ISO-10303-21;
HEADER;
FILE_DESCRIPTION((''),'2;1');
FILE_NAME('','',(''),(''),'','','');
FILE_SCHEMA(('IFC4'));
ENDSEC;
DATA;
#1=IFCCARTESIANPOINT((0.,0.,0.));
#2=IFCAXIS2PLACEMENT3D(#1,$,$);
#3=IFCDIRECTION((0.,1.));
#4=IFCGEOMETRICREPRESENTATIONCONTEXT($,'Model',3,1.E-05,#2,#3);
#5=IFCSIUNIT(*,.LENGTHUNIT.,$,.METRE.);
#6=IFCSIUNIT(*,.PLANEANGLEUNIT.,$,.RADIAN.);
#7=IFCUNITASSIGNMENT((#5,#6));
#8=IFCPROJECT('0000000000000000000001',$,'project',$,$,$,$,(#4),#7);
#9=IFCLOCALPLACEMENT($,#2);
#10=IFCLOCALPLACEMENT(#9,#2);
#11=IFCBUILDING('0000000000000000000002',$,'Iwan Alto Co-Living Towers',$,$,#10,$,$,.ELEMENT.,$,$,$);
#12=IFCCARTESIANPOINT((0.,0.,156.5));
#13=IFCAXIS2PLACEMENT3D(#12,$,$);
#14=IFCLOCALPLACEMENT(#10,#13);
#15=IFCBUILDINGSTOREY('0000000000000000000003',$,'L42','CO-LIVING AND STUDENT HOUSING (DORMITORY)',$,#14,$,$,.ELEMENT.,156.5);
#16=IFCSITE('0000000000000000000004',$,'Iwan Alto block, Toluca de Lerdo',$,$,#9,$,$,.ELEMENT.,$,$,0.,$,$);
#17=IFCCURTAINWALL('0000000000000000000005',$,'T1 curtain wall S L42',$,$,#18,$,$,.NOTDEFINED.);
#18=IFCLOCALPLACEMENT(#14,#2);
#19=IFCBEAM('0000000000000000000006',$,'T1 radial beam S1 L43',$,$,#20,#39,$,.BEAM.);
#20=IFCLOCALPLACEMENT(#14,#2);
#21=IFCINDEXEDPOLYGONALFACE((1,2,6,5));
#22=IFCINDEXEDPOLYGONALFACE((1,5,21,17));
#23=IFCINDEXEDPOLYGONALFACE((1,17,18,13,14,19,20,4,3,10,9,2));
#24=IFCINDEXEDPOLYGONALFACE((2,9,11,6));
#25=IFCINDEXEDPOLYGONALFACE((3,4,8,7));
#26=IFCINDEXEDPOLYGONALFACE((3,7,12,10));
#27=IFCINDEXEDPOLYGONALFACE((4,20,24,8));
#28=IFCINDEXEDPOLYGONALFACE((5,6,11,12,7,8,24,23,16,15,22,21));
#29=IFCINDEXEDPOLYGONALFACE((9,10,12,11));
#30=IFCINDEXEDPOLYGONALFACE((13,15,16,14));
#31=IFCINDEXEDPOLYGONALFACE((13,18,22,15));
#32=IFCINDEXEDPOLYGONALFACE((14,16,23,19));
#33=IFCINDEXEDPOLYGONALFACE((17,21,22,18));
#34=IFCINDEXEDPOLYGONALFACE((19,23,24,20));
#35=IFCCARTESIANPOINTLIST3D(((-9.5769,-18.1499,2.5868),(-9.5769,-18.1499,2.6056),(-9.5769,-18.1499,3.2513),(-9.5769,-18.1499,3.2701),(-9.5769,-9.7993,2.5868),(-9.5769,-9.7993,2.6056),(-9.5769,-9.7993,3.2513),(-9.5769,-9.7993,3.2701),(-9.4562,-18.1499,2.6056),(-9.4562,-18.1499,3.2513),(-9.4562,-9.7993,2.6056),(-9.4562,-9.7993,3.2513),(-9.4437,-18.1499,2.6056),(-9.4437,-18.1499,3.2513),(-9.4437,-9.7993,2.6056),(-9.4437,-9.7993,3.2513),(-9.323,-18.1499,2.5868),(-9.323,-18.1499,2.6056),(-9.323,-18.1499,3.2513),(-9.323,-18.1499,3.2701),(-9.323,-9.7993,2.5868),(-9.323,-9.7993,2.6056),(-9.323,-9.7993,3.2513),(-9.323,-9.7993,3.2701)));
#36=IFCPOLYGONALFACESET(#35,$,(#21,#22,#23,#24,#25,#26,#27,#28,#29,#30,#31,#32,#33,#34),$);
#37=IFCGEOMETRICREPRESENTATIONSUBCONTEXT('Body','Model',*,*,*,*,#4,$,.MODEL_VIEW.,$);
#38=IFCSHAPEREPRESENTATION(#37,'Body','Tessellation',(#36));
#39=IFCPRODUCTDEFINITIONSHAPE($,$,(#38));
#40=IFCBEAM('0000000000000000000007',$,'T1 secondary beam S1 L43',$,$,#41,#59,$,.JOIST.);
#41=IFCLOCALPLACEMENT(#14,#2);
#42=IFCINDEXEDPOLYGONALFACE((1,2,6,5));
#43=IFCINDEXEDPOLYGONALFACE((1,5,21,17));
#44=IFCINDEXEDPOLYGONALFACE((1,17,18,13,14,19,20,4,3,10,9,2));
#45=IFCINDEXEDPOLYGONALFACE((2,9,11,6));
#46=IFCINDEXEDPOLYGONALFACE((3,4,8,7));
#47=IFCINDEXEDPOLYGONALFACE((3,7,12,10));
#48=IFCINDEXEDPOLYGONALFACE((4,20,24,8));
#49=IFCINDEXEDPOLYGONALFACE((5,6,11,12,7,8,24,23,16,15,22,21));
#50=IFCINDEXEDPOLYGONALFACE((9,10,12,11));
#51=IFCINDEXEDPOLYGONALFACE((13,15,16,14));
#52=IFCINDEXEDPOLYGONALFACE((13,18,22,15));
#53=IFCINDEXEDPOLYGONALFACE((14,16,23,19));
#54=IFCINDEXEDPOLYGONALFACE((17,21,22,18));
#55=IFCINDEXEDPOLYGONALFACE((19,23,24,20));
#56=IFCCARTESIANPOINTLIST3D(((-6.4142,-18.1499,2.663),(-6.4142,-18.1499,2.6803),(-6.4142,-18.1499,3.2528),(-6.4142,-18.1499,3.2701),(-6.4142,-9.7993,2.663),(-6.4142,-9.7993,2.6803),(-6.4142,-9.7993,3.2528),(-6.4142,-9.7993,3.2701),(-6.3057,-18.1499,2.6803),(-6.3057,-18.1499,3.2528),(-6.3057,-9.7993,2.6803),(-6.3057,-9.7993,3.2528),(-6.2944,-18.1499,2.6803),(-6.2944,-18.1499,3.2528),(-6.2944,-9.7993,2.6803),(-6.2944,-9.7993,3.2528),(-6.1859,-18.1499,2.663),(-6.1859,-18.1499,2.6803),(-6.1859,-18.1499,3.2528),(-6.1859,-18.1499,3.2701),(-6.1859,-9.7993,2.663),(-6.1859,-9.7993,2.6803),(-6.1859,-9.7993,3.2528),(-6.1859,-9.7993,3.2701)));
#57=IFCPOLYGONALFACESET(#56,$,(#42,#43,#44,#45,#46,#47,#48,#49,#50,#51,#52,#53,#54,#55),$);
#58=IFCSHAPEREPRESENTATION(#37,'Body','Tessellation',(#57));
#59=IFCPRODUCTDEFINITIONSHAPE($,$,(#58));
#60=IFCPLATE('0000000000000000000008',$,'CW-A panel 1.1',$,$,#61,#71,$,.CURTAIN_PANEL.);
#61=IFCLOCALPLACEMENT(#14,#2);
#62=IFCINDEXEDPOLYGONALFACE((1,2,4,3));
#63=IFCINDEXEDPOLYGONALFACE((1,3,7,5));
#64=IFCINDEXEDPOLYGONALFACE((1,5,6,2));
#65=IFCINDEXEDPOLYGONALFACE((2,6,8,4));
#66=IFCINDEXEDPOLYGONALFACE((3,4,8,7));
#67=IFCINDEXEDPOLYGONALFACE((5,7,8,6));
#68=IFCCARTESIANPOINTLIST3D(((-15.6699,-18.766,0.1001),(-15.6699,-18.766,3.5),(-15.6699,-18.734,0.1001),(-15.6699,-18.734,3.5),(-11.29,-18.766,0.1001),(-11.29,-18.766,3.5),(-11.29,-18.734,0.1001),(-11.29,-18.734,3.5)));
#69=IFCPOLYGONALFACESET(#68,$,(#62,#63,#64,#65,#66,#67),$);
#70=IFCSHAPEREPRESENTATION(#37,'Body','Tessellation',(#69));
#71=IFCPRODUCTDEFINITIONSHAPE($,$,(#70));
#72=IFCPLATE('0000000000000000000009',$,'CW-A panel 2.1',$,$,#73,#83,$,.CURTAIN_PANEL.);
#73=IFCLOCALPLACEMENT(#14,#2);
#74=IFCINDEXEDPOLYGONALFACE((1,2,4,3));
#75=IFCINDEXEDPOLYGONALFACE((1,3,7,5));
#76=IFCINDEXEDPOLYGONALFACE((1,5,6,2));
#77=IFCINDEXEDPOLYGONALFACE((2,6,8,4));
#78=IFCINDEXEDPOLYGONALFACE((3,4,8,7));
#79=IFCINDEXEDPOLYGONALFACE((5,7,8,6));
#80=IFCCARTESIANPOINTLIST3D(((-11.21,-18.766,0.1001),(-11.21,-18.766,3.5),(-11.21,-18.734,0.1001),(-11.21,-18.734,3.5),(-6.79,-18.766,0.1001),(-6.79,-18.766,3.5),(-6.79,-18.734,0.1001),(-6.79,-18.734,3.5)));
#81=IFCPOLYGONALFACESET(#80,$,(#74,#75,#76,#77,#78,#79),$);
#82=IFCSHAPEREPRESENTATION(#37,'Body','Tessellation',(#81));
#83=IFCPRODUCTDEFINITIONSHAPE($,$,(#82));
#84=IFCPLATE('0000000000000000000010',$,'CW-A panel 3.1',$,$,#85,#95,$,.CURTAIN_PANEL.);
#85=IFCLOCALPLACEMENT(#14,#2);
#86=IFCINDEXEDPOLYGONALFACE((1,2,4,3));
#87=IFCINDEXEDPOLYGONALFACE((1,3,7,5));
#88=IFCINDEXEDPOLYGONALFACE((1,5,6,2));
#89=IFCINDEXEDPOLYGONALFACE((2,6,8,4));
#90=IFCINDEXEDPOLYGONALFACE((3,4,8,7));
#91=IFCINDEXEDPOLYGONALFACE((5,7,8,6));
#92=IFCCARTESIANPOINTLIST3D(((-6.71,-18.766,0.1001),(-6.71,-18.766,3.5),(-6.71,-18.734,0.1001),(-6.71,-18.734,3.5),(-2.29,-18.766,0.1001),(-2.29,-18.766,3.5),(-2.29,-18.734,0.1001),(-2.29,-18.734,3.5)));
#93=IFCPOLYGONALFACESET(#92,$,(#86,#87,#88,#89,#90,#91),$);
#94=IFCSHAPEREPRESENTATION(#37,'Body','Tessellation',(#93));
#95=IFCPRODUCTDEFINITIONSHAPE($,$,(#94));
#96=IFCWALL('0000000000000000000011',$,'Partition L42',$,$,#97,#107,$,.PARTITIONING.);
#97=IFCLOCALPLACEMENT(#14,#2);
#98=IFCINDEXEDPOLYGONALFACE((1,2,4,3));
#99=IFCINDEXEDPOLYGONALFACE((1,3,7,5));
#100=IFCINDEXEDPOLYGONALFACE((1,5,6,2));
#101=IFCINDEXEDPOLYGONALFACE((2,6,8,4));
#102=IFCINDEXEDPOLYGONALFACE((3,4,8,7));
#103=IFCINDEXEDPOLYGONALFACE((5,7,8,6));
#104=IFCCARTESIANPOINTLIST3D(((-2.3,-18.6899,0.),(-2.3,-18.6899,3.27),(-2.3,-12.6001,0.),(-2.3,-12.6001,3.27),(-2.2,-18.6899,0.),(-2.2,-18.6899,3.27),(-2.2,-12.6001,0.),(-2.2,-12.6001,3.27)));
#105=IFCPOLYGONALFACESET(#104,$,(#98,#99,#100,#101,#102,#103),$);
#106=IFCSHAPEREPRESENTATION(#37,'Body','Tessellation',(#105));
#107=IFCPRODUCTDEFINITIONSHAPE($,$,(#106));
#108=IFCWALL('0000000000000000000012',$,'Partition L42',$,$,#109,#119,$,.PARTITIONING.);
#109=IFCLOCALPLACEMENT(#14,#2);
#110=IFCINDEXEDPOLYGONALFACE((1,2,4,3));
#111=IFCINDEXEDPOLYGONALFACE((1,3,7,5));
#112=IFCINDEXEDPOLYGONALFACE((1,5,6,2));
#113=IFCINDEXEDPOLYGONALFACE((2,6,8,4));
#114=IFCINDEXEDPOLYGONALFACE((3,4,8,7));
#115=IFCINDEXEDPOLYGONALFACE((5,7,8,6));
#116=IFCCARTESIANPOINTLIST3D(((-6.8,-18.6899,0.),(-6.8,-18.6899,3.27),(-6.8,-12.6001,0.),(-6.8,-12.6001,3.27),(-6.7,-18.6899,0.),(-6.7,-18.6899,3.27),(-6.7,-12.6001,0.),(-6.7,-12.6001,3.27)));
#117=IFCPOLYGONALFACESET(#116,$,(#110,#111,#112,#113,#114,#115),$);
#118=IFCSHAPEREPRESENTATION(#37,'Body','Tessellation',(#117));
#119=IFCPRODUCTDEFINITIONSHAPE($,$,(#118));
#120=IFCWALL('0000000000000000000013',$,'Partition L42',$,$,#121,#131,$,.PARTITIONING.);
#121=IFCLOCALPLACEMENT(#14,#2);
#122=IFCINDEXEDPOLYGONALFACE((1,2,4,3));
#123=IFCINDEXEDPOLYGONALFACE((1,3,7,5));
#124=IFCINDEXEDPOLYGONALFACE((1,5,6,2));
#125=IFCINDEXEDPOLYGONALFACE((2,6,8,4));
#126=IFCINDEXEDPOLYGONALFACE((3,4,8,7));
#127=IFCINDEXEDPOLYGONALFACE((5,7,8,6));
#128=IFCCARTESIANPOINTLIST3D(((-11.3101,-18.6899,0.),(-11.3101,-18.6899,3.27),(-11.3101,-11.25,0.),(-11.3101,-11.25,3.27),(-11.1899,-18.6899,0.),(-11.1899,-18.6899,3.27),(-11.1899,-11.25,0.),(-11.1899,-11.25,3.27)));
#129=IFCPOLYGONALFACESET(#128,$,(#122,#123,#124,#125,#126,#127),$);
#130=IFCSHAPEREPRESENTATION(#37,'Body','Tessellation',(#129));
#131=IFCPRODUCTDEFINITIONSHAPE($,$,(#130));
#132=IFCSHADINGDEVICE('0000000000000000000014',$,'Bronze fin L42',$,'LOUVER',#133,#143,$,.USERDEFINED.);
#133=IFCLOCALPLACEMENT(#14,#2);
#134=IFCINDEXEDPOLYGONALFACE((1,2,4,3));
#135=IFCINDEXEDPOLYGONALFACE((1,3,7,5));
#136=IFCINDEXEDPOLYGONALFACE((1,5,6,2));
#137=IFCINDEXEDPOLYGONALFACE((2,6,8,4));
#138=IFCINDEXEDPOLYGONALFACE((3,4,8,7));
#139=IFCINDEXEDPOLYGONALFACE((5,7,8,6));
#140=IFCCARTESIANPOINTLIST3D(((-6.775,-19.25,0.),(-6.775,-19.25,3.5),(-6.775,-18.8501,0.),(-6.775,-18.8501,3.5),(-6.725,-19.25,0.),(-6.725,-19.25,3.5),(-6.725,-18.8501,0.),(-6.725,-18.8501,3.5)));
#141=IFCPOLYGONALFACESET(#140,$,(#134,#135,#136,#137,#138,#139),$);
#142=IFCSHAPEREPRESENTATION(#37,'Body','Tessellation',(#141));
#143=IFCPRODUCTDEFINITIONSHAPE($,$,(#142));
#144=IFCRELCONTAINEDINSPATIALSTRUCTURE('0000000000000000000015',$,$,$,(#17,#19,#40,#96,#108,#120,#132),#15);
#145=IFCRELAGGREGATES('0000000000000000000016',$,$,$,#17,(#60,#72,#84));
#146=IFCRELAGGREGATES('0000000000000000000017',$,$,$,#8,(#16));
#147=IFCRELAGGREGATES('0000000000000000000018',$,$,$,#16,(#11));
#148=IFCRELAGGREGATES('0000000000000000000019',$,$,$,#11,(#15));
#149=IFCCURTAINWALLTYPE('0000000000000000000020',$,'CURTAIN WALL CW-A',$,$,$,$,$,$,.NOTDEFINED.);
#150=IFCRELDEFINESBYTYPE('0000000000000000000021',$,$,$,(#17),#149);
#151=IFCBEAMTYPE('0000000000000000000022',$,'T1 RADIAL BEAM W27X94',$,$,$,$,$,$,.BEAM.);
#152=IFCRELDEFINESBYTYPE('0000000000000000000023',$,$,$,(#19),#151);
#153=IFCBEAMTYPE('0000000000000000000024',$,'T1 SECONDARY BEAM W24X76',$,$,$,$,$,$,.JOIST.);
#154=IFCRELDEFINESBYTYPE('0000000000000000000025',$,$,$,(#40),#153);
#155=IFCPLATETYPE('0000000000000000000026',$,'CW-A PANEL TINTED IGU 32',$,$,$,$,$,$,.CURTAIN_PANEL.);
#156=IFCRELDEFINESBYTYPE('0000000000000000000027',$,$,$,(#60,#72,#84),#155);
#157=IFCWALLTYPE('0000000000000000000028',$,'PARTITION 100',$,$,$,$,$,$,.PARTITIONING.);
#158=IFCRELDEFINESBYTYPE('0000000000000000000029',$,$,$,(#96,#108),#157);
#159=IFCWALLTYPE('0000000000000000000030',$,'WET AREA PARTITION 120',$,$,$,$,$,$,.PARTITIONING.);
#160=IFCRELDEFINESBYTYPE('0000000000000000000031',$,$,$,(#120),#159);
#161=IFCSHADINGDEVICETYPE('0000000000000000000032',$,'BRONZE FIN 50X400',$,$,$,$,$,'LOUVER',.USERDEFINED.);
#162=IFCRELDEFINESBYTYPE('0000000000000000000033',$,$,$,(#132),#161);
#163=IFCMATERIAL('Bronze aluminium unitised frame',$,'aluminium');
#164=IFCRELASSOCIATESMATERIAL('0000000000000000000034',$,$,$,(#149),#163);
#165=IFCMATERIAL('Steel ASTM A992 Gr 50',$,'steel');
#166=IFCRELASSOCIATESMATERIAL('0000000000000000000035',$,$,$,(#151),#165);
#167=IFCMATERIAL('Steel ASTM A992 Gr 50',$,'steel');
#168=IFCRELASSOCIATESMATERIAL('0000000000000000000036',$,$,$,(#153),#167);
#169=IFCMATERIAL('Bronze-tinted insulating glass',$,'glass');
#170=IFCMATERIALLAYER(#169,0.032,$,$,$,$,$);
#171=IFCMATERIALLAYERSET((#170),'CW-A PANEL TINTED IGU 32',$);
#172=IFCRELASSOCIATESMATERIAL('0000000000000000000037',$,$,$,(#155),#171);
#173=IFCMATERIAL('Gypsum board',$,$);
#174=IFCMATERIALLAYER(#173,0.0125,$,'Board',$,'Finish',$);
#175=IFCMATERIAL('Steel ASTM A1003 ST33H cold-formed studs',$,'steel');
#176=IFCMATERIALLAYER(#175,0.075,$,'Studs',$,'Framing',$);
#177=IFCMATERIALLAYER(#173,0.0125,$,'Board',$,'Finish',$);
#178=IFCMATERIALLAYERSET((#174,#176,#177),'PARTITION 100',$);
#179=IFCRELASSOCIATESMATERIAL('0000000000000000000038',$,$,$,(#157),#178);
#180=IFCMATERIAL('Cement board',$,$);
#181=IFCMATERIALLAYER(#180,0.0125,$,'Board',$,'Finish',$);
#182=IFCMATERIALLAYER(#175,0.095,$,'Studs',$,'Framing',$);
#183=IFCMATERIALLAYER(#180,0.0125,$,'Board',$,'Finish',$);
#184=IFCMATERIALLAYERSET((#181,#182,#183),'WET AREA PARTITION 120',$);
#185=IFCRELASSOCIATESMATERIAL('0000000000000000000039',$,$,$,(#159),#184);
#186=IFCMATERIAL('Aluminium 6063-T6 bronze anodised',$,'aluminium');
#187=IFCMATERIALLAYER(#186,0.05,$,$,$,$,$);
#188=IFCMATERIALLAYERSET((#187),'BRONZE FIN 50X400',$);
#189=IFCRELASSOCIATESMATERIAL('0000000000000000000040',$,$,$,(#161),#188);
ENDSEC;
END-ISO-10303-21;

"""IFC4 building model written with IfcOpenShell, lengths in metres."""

from ifc_helpers import new_model, si_unit, direction, frame, frame_2d, origin, origin_2d, place, context, subcontext, project, spatial, rectangle, i_section, extrude, material, layer, layer_set, material_profile, profile_set, type_object, element, aggregate, save


model = new_model("IFC4")

# Units and contexts
model_context = context("Model", 3, precision=1e-05, world=origin(), true_north=direction((0.0, 1.0)))
body_context = subcontext(model_context, "Body", "Model", "MODEL_VIEW")
ifc_project = project(units=[si_unit("LENGTHUNIT", "METRE"), si_unit("PLANEANGLEUNIT", "RADIAN")], contexts=[model_context])

# Site, building, storey
site_placement = place(None, origin())
site = spatial("IfcSite", under=ifc_project, at=site_placement, Name="Iwan Alto block, Toluca de Lerdo", CompositionType="ELEMENT", RefElevation=0.0)
building_placement = place(site_placement, origin())
building = spatial("IfcBuilding", under=site, at=building_placement, Name="Iwan Alto Co-Living Towers", CompositionType="ELEMENT")
storey_placement = place(building_placement, frame((0.0, 0.0, 156.5)))
storey = spatial("IfcBuildingStorey", under=building, at=storey_placement, Name="L42", Description="CO-LIVING AND STUDENT HOUSING (DORMITORY)", CompositionType="ELEMENT", Elevation=156.5)

# Curtain wall
ifc_material_1 = material(Name="Bronze aluminium unitised frame", Category="aluminium")
curtain_wall_type = type_object("IfcCurtainWallType", Name="CURTAIN WALL CW-A", PredefinedType="NOTDEFINED", material=ifc_material_1)
curtain_wall_placement = place(storey_placement, origin())
curtain_wall = element("IfcCurtainWall", 1, at=curtain_wall_placement, inside=storey, type_object=curtain_wall_type, Name="T1 curtain wall S L42", PredefinedType="NOTDEFINED")

# Beams
ifc_material_2 = material(Name="Steel ASTM A992 Gr 50", Category="steel")
ifc_material_profile_1 = material_profile(ifc_material_2, i_section(OverallWidth=0.2539, OverallDepth=0.6833, WebThickness=0.0125, FlangeThickness=0.0188, at=origin_2d()), Name="W27X94")
ifc_profile_set_1 = profile_set([ifc_material_profile_1], Name="Steel ASTM A992 Gr 50")
beam_type_1 = type_object("IfcBeamType", Name="T1 RADIAL BEAM W27X94", PredefinedType="BEAM", material=ifc_profile_set_1)
beam_1_placement = place(storey_placement, frame((-9.45, -18.1499, 2.9285), z_axis=(0.0, 1.0, 0.0), x_axis=(-1.0, 0.0, 0.0)))
element("IfcBeam", 2, at=beam_1_placement, inside=storey, type_object=beam_type_1, Name="T1 radial beam S1 L43", PredefinedType="BEAM", context=body_context, shape_type="SweptSolid", body=[
    extrude(i_section(OverallWidth=0.2539, OverallDepth=0.6833, WebThickness=0.0125, FlangeThickness=0.0188, at=origin_2d()), origin(), (0.0, 0.0, 1.0), 8.3506),
])
ifc_material_3 = material(Name="Steel ASTM A992 Gr 50", Category="steel")
ifc_material_profile_2 = material_profile(ifc_material_3, i_section(OverallWidth=0.2283, OverallDepth=0.6072, WebThickness=0.0112, FlangeThickness=0.0173, at=origin_2d()), Name="W24X76")
ifc_profile_set_2 = profile_set([ifc_material_profile_2], Name="Steel ASTM A992 Gr 50")
beam_type_2 = type_object("IfcBeamType", Name="T1 SECONDARY BEAM W24X76", PredefinedType="JOIST", material=ifc_profile_set_2)
beam_2_placement = place(storey_placement, frame((-6.3, -18.1499, 2.9666), z_axis=(0.0, 1.0, 0.0), x_axis=(-1.0, 0.0, 0.0)))
element("IfcBeam", 3, at=beam_2_placement, inside=storey, type_object=beam_type_2, Name="T1 secondary beam S1 L43", PredefinedType="JOIST", context=body_context, shape_type="SweptSolid", body=[
    extrude(i_section(OverallWidth=0.2283, OverallDepth=0.6072, WebThickness=0.0112, FlangeThickness=0.0173, at=origin_2d()), origin(), (0.0, 0.0, 1.0), 8.3506),
])

# Plates
ifc_material_4 = material(Name="Bronze-tinted insulating glass", Category="glass")
ifc_layer_1 = layer(ifc_material_4, 0.032)
ifc_layer_set_1 = layer_set([ifc_layer_1], Name="CW-A PANEL TINTED IGU 32")
plate_type = type_object("IfcPlateType", Name="CW-A PANEL TINTED IGU 32", PredefinedType="CURTAIN_PANEL", material=ifc_layer_set_1)
plate_1_placement = place(storey_placement, frame((-13.48, -18.75, 0.1001), z_axis=(0.0, 0.0, 1.0), x_axis=(1.0, 0.0, 0.0)))
plate_1 = element("IfcPlate", 4, at=plate_1_placement, type_object=plate_type, Name="CW-A panel 1.1", PredefinedType="CURTAIN_PANEL", context=body_context, shape_type="SweptSolid", body=[
    extrude(rectangle(XDim=4.3799, YDim=0.032, at=origin_2d()), origin(), (0.0, 0.0, 1.0), 3.3999),
])
plate_2_placement = place(storey_placement, frame((-9.0, -18.75, 0.1001), z_axis=(0.0, 0.0, 1.0), x_axis=(1.0, 0.0, 0.0)))
plate_2 = element("IfcPlate", 5, at=plate_2_placement, type_object=plate_type, Name="CW-A panel 2.1", PredefinedType="CURTAIN_PANEL", context=body_context, shape_type="SweptSolid", body=[
    extrude(rectangle(XDim=4.4199, YDim=0.032, at=origin_2d()), origin(), (0.0, 0.0, 1.0), 3.3999),
])
plate_3_placement = place(storey_placement, frame((-4.5, -18.75, 0.1001), z_axis=(0.0, 0.0, 1.0), x_axis=(1.0, 0.0, 0.0)))
plate_3 = element("IfcPlate", 6, at=plate_3_placement, type_object=plate_type, Name="CW-A panel 3.1", PredefinedType="CURTAIN_PANEL", context=body_context, shape_type="SweptSolid", body=[
    extrude(rectangle(XDim=4.4199, YDim=0.032, at=origin_2d()), origin(), (0.0, 0.0, 1.0), 3.3999),
])
aggregate(curtain_wall, [plate_1, plate_2, plate_3])

# Walls
ifc_material_5 = material(Name="Gypsum board")
ifc_layer_2 = layer(ifc_material_5, 0.0125, Name="Board", Category="Finish")
ifc_material_6 = material(Name="Steel ASTM A1003 ST33H cold-formed studs", Category="steel")
ifc_layer_3 = layer(ifc_material_6, 0.075, Name="Studs", Category="Framing")
ifc_layer_4 = layer(ifc_material_5, 0.0125, Name="Board", Category="Finish")
ifc_layer_set_2 = layer_set([ifc_layer_2, ifc_layer_3, ifc_layer_4], Name="PARTITION 100")
wall_type_1 = type_object("IfcWallType", Name="PARTITION 100", PredefinedType="PARTITIONING", material=ifc_layer_set_2)
for number, where, z_axis, x_axis, name in (
    (7, (-2.25, -18.6899, 0.0), (0.0, 0.0, 1.0), (0.0, 1.0, 0.0), "Partition L42"),
    (8, (-6.75, -18.6899, 0.0), (0.0, 0.0, 1.0), (0.0, 1.0, 0.0), "Partition L42"),
):
    element("IfcWall", number, at=place(storey_placement, frame(where, z_axis=z_axis, x_axis=x_axis)), inside=storey, type_object=wall_type_1, Name=name, PredefinedType="PARTITIONING", context=body_context, shape_type="SweptSolid", body=[
        extrude(rectangle(XDim=6.0898, YDim=0.1001, at=frame_2d((3.0449, 0.0))), origin(), (0.0, 0.0, 1.0), 3.27),
    ])
ifc_material_7 = material(Name="Cement board")
ifc_layer_5 = layer(ifc_material_7, 0.0125, Name="Board", Category="Finish")
ifc_layer_6 = layer(ifc_material_6, 0.095, Name="Studs", Category="Framing")
ifc_layer_7 = layer(ifc_material_7, 0.0125, Name="Board", Category="Finish")
ifc_layer_set_3 = layer_set([ifc_layer_5, ifc_layer_6, ifc_layer_7], Name="WET AREA PARTITION 120")
wall_type_2 = type_object("IfcWallType", Name="WET AREA PARTITION 120", PredefinedType="PARTITIONING", material=ifc_layer_set_3)
wall_placement = place(storey_placement, frame((-11.25, -18.6899, 0.0), z_axis=(0.0, 0.0, 1.0), x_axis=(0.0, 1.0, 0.0)))
element("IfcWall", 9, at=wall_placement, inside=storey, type_object=wall_type_2, Name="Partition L42", PredefinedType="PARTITIONING", context=body_context, shape_type="SweptSolid", body=[
    extrude(rectangle(XDim=7.4399, YDim=0.1201, at=frame_2d((3.72, 0.0))), origin(), (0.0, 0.0, 1.0), 3.27),
])

# Shading device
ifc_material_8 = material(Name="Aluminium 6063-T6 bronze anodised", Category="aluminium")
ifc_layer_8 = layer(ifc_material_8, 0.05)
ifc_layer_set_4 = layer_set([ifc_layer_8], Name="BRONZE FIN 50X400")
shading_device_type = type_object("IfcShadingDeviceType", Name="BRONZE FIN 50X400", ElementType="LOUVER", PredefinedType="USERDEFINED", material=ifc_layer_set_4)
shading_device_placement = place(storey_placement, frame((-6.75, -19.05, 0.0), z_axis=(0.0, 0.0, 1.0), x_axis=(1.0, 0.0, 0.0)))
element("IfcShadingDevice", 10, at=shading_device_placement, inside=storey, type_object=shading_device_type, Name="Bronze fin L42", ObjectType="LOUVER", PredefinedType="USERDEFINED", context=body_context, shape_type="SweptSolid", body=[
    extrude(rectangle(XDim=0.05, YDim=0.3999, at=origin_2d()), origin(), (0.0, 0.0, 1.0), 3.5),
])

save(model, "model.ifc")
